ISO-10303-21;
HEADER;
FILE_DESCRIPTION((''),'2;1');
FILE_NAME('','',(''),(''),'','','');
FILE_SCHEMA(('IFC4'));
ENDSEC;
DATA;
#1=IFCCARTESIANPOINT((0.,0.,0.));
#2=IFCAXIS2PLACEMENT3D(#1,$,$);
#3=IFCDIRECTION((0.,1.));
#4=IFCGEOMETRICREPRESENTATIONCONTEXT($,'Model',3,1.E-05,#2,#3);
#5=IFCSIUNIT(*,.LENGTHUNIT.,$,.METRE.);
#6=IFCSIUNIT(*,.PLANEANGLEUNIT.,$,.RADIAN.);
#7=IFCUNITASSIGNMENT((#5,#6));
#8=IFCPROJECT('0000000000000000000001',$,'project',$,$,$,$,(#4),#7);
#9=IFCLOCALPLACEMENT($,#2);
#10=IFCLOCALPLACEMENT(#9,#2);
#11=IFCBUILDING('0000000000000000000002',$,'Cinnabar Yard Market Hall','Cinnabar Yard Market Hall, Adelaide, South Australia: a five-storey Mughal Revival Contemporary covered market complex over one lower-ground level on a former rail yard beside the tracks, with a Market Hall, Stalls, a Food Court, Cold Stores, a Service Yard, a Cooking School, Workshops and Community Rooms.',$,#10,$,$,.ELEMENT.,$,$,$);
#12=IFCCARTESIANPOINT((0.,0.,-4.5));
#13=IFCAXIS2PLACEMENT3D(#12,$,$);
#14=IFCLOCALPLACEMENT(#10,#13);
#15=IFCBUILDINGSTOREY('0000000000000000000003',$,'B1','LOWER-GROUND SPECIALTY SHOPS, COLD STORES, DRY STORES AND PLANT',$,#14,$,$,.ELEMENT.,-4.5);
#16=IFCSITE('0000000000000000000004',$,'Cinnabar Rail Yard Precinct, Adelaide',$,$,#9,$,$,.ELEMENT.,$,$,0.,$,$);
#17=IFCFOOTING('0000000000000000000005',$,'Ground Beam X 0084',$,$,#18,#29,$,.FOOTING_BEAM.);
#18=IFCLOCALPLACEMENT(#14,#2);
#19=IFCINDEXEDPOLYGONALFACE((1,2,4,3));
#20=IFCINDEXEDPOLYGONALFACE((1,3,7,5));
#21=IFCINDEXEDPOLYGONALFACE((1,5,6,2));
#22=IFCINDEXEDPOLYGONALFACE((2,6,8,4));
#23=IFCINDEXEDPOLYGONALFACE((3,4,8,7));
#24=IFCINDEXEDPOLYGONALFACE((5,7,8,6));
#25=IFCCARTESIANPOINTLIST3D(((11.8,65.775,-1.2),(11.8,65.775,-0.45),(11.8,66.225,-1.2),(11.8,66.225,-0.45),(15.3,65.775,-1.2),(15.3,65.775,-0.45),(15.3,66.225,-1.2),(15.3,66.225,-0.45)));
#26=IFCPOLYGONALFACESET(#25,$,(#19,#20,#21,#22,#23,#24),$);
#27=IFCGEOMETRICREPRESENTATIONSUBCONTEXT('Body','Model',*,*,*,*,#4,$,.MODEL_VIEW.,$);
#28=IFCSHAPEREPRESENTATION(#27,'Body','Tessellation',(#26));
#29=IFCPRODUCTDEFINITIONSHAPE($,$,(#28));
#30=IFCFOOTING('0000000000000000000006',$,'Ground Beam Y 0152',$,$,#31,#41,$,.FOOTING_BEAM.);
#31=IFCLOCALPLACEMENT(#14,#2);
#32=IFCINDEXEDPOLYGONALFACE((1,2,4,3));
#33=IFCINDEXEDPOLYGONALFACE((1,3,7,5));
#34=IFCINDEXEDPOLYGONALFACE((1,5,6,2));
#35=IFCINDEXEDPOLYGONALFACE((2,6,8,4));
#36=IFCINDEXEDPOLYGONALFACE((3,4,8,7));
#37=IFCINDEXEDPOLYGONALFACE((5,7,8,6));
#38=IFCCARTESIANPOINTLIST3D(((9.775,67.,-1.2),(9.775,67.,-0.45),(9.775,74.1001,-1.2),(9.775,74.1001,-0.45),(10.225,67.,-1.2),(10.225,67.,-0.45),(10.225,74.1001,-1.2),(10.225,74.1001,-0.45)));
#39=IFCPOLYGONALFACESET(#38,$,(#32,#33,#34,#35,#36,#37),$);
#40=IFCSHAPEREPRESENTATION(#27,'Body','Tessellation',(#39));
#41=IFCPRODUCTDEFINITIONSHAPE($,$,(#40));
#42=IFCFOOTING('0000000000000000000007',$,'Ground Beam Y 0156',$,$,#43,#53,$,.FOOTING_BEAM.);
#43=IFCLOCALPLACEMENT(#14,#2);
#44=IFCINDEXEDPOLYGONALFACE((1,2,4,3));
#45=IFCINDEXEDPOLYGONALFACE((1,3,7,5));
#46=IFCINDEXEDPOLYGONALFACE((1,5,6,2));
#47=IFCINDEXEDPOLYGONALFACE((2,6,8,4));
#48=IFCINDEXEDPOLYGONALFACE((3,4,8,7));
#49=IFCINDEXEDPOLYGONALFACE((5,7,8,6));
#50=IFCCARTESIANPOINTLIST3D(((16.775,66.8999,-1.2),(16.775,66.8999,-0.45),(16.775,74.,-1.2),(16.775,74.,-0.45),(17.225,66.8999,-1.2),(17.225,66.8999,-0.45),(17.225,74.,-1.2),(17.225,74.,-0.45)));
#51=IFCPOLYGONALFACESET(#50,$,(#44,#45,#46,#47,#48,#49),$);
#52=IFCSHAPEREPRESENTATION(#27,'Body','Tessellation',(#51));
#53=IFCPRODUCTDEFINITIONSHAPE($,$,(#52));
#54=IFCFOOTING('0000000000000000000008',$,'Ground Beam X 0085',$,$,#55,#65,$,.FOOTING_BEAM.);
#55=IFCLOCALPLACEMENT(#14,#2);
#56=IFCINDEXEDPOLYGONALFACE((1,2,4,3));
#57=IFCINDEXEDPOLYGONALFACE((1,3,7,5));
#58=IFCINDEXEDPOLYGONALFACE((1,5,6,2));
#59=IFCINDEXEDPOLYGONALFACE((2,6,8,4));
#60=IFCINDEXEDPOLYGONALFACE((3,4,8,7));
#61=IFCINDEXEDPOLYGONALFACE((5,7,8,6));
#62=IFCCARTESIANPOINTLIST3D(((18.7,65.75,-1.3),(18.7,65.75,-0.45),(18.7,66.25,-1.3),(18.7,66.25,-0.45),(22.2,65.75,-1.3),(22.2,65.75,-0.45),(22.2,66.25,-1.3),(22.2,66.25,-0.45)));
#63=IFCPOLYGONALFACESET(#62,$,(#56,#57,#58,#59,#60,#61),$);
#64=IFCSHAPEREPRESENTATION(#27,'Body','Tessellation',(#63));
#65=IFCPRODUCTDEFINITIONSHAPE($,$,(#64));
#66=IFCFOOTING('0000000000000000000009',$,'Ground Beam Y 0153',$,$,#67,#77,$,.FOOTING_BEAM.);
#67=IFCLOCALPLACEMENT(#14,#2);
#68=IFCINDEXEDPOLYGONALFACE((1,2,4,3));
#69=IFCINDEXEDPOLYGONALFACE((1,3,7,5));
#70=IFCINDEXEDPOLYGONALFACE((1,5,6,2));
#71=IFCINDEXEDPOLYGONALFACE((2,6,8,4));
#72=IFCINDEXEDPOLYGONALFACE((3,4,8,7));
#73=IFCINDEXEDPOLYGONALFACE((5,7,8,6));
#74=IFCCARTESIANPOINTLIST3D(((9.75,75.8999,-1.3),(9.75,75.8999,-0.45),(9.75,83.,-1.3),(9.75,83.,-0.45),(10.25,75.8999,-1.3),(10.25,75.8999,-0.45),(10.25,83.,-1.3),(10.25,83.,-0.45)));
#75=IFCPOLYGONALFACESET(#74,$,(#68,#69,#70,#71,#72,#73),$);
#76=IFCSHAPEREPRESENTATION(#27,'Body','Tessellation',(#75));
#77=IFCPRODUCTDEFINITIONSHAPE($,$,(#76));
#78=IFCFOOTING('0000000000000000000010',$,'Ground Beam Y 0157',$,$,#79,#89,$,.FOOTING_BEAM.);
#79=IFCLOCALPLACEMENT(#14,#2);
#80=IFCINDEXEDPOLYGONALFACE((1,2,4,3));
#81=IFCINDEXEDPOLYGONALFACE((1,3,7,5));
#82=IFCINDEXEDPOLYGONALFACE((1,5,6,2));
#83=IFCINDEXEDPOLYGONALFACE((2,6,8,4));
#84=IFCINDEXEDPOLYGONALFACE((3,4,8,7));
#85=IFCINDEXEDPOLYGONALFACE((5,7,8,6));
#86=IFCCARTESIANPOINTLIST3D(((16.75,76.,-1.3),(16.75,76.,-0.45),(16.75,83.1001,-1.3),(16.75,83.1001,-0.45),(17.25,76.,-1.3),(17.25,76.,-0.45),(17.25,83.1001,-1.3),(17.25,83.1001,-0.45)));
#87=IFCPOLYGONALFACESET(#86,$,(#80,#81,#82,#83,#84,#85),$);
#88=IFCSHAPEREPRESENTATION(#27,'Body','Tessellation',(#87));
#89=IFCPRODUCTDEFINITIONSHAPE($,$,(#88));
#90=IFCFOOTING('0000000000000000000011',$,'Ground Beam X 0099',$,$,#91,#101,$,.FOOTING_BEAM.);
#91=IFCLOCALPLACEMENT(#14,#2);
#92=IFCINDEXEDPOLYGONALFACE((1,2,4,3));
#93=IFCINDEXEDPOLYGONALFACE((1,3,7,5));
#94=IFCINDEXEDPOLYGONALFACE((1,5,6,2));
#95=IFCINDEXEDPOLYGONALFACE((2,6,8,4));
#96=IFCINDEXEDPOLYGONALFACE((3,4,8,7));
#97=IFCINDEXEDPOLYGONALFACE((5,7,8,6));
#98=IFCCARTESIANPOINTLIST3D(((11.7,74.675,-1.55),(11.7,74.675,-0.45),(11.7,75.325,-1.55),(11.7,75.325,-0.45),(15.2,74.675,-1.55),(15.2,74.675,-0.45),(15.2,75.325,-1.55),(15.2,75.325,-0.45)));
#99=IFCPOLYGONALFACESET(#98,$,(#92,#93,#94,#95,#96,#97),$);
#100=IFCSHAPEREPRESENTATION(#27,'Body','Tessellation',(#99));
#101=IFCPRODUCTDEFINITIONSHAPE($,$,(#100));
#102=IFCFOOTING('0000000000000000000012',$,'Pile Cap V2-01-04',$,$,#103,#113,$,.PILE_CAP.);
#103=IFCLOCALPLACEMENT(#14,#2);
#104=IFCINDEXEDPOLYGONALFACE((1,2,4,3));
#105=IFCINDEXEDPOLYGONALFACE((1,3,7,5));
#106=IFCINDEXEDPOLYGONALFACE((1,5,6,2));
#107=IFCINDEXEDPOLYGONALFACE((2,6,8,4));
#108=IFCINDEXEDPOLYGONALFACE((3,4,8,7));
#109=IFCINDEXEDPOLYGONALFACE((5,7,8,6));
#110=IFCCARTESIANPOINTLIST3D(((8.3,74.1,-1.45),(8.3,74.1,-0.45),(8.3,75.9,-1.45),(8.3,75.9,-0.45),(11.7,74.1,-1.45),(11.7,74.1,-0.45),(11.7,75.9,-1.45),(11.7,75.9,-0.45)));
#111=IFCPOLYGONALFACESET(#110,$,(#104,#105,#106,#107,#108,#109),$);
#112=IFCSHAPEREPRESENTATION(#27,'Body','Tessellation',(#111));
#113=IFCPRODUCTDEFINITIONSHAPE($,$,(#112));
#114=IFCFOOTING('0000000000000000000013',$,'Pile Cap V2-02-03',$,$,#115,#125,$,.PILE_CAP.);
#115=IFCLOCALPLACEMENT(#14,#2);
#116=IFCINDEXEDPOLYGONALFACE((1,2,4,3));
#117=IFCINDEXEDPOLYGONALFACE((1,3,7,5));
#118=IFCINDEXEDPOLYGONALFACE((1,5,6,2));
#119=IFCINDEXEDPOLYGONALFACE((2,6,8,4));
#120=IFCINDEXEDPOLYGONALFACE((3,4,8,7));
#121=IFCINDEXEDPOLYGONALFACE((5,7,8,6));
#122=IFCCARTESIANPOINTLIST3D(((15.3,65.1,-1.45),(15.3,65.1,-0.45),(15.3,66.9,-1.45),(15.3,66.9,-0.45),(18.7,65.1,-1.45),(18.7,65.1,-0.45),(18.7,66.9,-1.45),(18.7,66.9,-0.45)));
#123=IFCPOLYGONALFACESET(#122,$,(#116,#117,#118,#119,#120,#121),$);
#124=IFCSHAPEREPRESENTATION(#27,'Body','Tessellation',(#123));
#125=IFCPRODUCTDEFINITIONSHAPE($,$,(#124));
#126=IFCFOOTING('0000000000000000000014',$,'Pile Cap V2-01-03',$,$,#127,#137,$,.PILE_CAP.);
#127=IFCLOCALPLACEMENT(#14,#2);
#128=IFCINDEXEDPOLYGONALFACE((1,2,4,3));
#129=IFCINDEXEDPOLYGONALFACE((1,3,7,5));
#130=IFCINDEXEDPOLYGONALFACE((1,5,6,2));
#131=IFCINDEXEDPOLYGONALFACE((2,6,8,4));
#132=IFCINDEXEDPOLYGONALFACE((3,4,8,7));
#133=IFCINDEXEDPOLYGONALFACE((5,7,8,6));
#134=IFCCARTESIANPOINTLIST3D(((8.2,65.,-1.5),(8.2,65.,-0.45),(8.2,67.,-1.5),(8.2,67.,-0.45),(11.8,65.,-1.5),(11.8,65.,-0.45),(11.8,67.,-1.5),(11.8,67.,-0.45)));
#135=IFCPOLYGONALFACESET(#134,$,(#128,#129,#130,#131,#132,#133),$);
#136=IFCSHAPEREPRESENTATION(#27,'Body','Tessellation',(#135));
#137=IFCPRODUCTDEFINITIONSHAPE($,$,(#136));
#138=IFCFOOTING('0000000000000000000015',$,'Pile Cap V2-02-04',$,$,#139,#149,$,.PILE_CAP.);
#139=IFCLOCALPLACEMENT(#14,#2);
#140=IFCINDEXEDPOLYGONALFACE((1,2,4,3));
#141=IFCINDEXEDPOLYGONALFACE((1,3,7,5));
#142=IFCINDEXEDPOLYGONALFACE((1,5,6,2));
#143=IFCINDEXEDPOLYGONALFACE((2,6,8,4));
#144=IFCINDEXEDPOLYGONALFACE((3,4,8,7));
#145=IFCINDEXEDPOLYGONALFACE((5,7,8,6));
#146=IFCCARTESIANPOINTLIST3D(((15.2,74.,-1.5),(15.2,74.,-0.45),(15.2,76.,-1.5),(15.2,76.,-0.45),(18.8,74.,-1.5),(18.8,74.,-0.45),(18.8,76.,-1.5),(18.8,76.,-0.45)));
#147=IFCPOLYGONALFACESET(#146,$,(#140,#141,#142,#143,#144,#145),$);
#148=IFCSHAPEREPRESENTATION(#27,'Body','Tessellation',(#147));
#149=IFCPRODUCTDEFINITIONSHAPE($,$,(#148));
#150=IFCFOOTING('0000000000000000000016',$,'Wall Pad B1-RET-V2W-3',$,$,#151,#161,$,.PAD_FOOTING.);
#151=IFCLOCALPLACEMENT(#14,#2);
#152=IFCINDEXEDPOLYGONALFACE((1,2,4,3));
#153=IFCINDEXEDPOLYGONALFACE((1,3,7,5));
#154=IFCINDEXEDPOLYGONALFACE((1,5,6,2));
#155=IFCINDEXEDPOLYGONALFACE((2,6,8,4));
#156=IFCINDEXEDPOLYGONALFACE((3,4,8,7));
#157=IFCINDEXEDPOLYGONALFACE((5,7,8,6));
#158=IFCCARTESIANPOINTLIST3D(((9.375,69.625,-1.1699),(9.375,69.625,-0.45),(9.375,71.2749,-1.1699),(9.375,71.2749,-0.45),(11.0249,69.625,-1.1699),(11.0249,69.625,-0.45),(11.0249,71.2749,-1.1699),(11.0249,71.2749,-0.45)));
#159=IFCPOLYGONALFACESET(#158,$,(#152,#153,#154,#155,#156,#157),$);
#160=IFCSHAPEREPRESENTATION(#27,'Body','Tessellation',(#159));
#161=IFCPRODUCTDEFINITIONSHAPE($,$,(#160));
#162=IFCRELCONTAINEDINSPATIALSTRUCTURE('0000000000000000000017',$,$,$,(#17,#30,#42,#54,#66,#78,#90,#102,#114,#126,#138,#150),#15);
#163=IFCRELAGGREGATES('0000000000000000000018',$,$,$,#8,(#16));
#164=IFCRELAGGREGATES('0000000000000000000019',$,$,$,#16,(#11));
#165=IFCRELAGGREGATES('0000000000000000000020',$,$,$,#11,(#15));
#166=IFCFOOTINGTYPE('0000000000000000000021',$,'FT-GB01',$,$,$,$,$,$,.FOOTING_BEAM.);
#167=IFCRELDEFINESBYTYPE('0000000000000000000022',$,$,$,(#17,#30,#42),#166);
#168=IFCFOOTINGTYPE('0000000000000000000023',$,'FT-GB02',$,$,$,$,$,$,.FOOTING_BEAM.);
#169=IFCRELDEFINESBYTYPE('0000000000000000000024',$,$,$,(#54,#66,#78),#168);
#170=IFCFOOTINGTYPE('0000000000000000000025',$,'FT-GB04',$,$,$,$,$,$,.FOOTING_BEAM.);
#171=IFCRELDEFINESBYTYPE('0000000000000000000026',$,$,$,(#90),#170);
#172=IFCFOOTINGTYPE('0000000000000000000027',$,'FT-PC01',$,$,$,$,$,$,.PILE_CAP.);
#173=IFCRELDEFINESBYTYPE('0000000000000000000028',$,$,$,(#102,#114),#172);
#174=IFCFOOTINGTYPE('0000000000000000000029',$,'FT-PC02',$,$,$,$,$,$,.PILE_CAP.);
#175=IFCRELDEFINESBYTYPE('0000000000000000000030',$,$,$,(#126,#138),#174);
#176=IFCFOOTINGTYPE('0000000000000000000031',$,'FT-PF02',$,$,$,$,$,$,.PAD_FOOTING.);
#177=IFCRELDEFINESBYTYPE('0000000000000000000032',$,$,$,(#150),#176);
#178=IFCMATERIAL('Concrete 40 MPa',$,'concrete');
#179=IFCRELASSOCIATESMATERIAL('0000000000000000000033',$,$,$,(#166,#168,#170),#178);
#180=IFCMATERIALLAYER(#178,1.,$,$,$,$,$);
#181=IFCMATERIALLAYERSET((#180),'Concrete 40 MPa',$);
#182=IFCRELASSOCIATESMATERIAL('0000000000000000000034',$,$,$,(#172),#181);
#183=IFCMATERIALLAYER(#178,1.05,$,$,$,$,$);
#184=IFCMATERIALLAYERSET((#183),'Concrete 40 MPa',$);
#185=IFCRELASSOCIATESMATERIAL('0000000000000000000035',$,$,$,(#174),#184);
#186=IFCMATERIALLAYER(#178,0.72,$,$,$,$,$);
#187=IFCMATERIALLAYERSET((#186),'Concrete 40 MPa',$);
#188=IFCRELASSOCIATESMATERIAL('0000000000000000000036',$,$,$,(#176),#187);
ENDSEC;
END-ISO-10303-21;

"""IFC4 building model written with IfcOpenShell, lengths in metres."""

from ifc_helpers import new_model, si_unit, direction, frame, origin, origin_2d_with_axis, place, context, subcontext, project, spatial, rectangle, extrude, material, layer, layer_set, material_profile, profile_set, type_object, element, save


model = new_model("IFC4")

# Units and contexts
model_context = context("Model", 3, precision=1e-05, world=origin(), true_north=direction((0.0, 1.0)))
body_context = subcontext(model_context, "Body", "Model", "MODEL_VIEW")
ifc_project = project(units=[si_unit("LENGTHUNIT", "METRE"), si_unit("PLANEANGLEUNIT", "RADIAN")], contexts=[model_context])

# Site, building, storey
site_placement = place(None, origin())
site = spatial("IfcSite", under=ifc_project, at=site_placement, Name="Cinnabar Rail Yard Precinct, Adelaide", CompositionType="ELEMENT", RefElevation=0.0)
building_placement = place(site_placement, origin())
building = spatial("IfcBuilding", under=site, at=building_placement, Name="Cinnabar Yard Market Hall", Description="Cinnabar Yard Market Hall, Adelaide, South Australia: a five-storey Mughal Revival Contemporary covered market complex over one lower-ground level on a former rail yard beside the tracks, with a Market Hall, Stalls, a Food Court, Cold Stores, a Service Yard, a Cooking School, Workshops and Community Rooms.", CompositionType="ELEMENT")
storey_placement = place(building_placement, frame((0.0, 0.0, -4.5)))
storey = spatial("IfcBuildingStorey", under=building, at=storey_placement, Name="B1", Description="LOWER-GROUND SPECIALTY SHOPS, COLD STORES, DRY STORES AND PLANT", CompositionType="ELEMENT", Elevation=-4.5)

# Footings
ifc_material_1 = material(Name="Concrete 40 MPa", Category="concrete")
ifc_material_profile_1 = material_profile(ifc_material_1, rectangle(XDim=0.45, YDim=0.75, at=origin_2d_with_axis()), Name="GB-450x750")
ifc_profile_set_1 = profile_set([ifc_material_profile_1], Name="Concrete 40 MPa")
footing_type_1 = type_object("IfcFootingType", Name="FT-GB01", PredefinedType="FOOTING_BEAM", material=ifc_profile_set_1)
footing_1_placement = place(storey_placement, frame((11.8, 66.0, -0.825), z_axis=(1.0, 0.0, 0.0), x_axis=(0.0, 1.0, 0.0)))
element("IfcFooting", 1, at=footing_1_placement, inside=storey, type_object=footing_type_1, Name="Ground Beam X 0084", PredefinedType="FOOTING_BEAM", context=body_context, shape_type="SweptSolid", body=[
    extrude(rectangle(XDim=0.45, YDim=0.75, at=origin_2d_with_axis()), origin(), (0.0, 0.0, 1.0), 3.5),
])
for number, where, z_axis, x_axis, name in (
    (2, (10.0, 67.0, -0.825), (0.0, 1.0, 0.0), (-1.0, 0.0, 0.0), "Ground Beam Y 0152"),
    (3, (17.0, 66.8999, -0.825), (0.0, 1.0, 0.0), (-1.0, 0.0, 0.0), "Ground Beam Y 0156"),
):
    element("IfcFooting", number, at=place(storey_placement, frame(where, z_axis=z_axis, x_axis=x_axis)), inside=storey, type_object=footing_type_1, Name=name, PredefinedType="FOOTING_BEAM", context=body_context, shape_type="SweptSolid", body=[
        extrude(rectangle(XDim=0.45, YDim=0.75, at=origin_2d_with_axis()), origin(), (0.0, 0.0, 1.0), 7.1001),
    ])
ifc_material_profile_2 = material_profile(ifc_material_1, rectangle(XDim=0.5, YDim=0.8501, at=origin_2d_with_axis()), Name="GB-500x850")
ifc_profile_set_2 = profile_set([ifc_material_profile_2], Name="Concrete 40 MPa")
footing_type_2 = type_object("IfcFootingType", Name="FT-GB02", PredefinedType="FOOTING_BEAM", material=ifc_profile_set_2)
footing_2_placement = place(storey_placement, frame((18.7, 66.0, -0.875), z_axis=(1.0, 0.0, 0.0), x_axis=(0.0, 1.0, 0.0)))
element("IfcFooting", 4, at=footing_2_placement, inside=storey, type_object=footing_type_2, Name="Ground Beam X 0085", PredefinedType="FOOTING_BEAM", context=body_context, shape_type="SweptSolid", body=[
    extrude(rectangle(XDim=0.5, YDim=0.8501, at=origin_2d_with_axis()), origin(), (0.0, 0.0, 1.0), 3.5),
])
for number, where, z_axis, x_axis, name in (
    (5, (10.0, 75.8999, -0.875), (0.0, 1.0, 0.0), (-1.0, 0.0, 0.0), "Ground Beam Y 0153"),
    (6, (17.0, 76.0, -0.875), (0.0, 1.0, 0.0), (-1.0, 0.0, 0.0), "Ground Beam Y 0157"),
):
    element("IfcFooting", number, at=place(storey_placement, frame(where, z_axis=z_axis, x_axis=x_axis)), inside=storey, type_object=footing_type_2, Name=name, PredefinedType="FOOTING_BEAM", context=body_context, shape_type="SweptSolid", body=[
        extrude(rectangle(XDim=0.5, YDim=0.8501, at=origin_2d_with_axis()), origin(), (0.0, 0.0, 1.0), 7.1001),
    ])
ifc_material_profile_3 = material_profile(ifc_material_1, rectangle(XDim=0.6499, YDim=1.1001, at=origin_2d_with_axis()), Name="GB-650x1100")
ifc_profile_set_3 = profile_set([ifc_material_profile_3], Name="Concrete 40 MPa")
footing_type_3 = type_object("IfcFootingType", Name="FT-GB04", PredefinedType="FOOTING_BEAM", material=ifc_profile_set_3)
footing_3_placement = place(storey_placement, frame((11.7, 75.0, -1.0), z_axis=(1.0, 0.0, 0.0), x_axis=(0.0, 1.0, 0.0)))
element("IfcFooting", 7, at=footing_3_placement, inside=storey, type_object=footing_type_3, Name="Ground Beam X 0099", PredefinedType="FOOTING_BEAM", context=body_context, shape_type="SweptSolid", body=[
    extrude(rectangle(XDim=0.6499, YDim=1.1001, at=origin_2d_with_axis()), origin(), (0.0, 0.0, 1.0), 3.5),
])
ifc_layer_1 = layer(ifc_material_1, 1.0)
ifc_layer_set_1 = layer_set([ifc_layer_1], Name="Concrete 40 MPa")
footing_type_4 = type_object("IfcFootingType", Name="FT-PC01", PredefinedType="PILE_CAP", material=ifc_layer_set_1)
for number, where, z_axis, x_axis, name in (
    (8, (10.0, 75.0, -1.45), (0.0, 0.0, 1.0), (1.0, 0.0, 0.0), "Pile Cap V2-01-04"),
    (9, (17.0, 66.0, -1.45), (0.0, 0.0, 1.0), (1.0, 0.0, 0.0), "Pile Cap V2-02-03"),
):
    element("IfcFooting", number, at=place(storey_placement, frame(where, z_axis=z_axis, x_axis=x_axis)), inside=storey, type_object=footing_type_4, Name=name, PredefinedType="PILE_CAP", context=body_context, shape_type="SweptSolid", body=[
        extrude(rectangle(XDim=3.3999, YDim=1.8, at=origin_2d_with_axis()), origin(), (0.0, 0.0, 1.0), 1.0),
    ])
ifc_layer_2 = layer(ifc_material_1, 1.05)
ifc_layer_set_2 = layer_set([ifc_layer_2], Name="Concrete 40 MPa")
footing_type_5 = type_object("IfcFootingType", Name="FT-PC02", PredefinedType="PILE_CAP", material=ifc_layer_set_2)
for number, where, z_axis, x_axis, name in (
    (10, (10.0, 66.0, -1.5), (0.0, 0.0, 1.0), (1.0, 0.0, 0.0), "Pile Cap V2-01-03"),
    (11, (17.0, 75.0, -1.5), (0.0, 0.0, 1.0), (1.0, 0.0, 0.0), "Pile Cap V2-02-04"),
):
    element("IfcFooting", number, at=place(storey_placement, frame(where, z_axis=z_axis, x_axis=x_axis)), inside=storey, type_object=footing_type_5, Name=name, PredefinedType="PILE_CAP", context=body_context, shape_type="SweptSolid", body=[
        extrude(rectangle(XDim=3.6001, YDim=2.0, at=origin_2d_with_axis()), origin(), (0.0, 0.0, 1.0), 1.05),
    ])
ifc_layer_3 = layer(ifc_material_1, 0.72)
ifc_layer_set_3 = layer_set([ifc_layer_3], Name="Concrete 40 MPa")
footing_type_6 = type_object("IfcFootingType", Name="FT-PF02", PredefinedType="PAD_FOOTING", material=ifc_layer_set_3)
footing_4_placement = place(storey_placement, frame((10.2, 70.45, -1.1699), z_axis=(0.0, 0.0, 1.0), x_axis=(1.0, 0.0, 0.0)))
element("IfcFooting", 12, at=footing_4_placement, inside=storey, type_object=footing_type_6, Name="Wall Pad B1-RET-V2W-3", PredefinedType="PAD_FOOTING", context=body_context, shape_type="SweptSolid", body=[
    extrude(rectangle(XDim=1.6499, YDim=1.6499, at=origin_2d_with_axis()), origin(), (0.0, 0.0, 1.0), 0.72),
])

save(model, "model.ifc")
